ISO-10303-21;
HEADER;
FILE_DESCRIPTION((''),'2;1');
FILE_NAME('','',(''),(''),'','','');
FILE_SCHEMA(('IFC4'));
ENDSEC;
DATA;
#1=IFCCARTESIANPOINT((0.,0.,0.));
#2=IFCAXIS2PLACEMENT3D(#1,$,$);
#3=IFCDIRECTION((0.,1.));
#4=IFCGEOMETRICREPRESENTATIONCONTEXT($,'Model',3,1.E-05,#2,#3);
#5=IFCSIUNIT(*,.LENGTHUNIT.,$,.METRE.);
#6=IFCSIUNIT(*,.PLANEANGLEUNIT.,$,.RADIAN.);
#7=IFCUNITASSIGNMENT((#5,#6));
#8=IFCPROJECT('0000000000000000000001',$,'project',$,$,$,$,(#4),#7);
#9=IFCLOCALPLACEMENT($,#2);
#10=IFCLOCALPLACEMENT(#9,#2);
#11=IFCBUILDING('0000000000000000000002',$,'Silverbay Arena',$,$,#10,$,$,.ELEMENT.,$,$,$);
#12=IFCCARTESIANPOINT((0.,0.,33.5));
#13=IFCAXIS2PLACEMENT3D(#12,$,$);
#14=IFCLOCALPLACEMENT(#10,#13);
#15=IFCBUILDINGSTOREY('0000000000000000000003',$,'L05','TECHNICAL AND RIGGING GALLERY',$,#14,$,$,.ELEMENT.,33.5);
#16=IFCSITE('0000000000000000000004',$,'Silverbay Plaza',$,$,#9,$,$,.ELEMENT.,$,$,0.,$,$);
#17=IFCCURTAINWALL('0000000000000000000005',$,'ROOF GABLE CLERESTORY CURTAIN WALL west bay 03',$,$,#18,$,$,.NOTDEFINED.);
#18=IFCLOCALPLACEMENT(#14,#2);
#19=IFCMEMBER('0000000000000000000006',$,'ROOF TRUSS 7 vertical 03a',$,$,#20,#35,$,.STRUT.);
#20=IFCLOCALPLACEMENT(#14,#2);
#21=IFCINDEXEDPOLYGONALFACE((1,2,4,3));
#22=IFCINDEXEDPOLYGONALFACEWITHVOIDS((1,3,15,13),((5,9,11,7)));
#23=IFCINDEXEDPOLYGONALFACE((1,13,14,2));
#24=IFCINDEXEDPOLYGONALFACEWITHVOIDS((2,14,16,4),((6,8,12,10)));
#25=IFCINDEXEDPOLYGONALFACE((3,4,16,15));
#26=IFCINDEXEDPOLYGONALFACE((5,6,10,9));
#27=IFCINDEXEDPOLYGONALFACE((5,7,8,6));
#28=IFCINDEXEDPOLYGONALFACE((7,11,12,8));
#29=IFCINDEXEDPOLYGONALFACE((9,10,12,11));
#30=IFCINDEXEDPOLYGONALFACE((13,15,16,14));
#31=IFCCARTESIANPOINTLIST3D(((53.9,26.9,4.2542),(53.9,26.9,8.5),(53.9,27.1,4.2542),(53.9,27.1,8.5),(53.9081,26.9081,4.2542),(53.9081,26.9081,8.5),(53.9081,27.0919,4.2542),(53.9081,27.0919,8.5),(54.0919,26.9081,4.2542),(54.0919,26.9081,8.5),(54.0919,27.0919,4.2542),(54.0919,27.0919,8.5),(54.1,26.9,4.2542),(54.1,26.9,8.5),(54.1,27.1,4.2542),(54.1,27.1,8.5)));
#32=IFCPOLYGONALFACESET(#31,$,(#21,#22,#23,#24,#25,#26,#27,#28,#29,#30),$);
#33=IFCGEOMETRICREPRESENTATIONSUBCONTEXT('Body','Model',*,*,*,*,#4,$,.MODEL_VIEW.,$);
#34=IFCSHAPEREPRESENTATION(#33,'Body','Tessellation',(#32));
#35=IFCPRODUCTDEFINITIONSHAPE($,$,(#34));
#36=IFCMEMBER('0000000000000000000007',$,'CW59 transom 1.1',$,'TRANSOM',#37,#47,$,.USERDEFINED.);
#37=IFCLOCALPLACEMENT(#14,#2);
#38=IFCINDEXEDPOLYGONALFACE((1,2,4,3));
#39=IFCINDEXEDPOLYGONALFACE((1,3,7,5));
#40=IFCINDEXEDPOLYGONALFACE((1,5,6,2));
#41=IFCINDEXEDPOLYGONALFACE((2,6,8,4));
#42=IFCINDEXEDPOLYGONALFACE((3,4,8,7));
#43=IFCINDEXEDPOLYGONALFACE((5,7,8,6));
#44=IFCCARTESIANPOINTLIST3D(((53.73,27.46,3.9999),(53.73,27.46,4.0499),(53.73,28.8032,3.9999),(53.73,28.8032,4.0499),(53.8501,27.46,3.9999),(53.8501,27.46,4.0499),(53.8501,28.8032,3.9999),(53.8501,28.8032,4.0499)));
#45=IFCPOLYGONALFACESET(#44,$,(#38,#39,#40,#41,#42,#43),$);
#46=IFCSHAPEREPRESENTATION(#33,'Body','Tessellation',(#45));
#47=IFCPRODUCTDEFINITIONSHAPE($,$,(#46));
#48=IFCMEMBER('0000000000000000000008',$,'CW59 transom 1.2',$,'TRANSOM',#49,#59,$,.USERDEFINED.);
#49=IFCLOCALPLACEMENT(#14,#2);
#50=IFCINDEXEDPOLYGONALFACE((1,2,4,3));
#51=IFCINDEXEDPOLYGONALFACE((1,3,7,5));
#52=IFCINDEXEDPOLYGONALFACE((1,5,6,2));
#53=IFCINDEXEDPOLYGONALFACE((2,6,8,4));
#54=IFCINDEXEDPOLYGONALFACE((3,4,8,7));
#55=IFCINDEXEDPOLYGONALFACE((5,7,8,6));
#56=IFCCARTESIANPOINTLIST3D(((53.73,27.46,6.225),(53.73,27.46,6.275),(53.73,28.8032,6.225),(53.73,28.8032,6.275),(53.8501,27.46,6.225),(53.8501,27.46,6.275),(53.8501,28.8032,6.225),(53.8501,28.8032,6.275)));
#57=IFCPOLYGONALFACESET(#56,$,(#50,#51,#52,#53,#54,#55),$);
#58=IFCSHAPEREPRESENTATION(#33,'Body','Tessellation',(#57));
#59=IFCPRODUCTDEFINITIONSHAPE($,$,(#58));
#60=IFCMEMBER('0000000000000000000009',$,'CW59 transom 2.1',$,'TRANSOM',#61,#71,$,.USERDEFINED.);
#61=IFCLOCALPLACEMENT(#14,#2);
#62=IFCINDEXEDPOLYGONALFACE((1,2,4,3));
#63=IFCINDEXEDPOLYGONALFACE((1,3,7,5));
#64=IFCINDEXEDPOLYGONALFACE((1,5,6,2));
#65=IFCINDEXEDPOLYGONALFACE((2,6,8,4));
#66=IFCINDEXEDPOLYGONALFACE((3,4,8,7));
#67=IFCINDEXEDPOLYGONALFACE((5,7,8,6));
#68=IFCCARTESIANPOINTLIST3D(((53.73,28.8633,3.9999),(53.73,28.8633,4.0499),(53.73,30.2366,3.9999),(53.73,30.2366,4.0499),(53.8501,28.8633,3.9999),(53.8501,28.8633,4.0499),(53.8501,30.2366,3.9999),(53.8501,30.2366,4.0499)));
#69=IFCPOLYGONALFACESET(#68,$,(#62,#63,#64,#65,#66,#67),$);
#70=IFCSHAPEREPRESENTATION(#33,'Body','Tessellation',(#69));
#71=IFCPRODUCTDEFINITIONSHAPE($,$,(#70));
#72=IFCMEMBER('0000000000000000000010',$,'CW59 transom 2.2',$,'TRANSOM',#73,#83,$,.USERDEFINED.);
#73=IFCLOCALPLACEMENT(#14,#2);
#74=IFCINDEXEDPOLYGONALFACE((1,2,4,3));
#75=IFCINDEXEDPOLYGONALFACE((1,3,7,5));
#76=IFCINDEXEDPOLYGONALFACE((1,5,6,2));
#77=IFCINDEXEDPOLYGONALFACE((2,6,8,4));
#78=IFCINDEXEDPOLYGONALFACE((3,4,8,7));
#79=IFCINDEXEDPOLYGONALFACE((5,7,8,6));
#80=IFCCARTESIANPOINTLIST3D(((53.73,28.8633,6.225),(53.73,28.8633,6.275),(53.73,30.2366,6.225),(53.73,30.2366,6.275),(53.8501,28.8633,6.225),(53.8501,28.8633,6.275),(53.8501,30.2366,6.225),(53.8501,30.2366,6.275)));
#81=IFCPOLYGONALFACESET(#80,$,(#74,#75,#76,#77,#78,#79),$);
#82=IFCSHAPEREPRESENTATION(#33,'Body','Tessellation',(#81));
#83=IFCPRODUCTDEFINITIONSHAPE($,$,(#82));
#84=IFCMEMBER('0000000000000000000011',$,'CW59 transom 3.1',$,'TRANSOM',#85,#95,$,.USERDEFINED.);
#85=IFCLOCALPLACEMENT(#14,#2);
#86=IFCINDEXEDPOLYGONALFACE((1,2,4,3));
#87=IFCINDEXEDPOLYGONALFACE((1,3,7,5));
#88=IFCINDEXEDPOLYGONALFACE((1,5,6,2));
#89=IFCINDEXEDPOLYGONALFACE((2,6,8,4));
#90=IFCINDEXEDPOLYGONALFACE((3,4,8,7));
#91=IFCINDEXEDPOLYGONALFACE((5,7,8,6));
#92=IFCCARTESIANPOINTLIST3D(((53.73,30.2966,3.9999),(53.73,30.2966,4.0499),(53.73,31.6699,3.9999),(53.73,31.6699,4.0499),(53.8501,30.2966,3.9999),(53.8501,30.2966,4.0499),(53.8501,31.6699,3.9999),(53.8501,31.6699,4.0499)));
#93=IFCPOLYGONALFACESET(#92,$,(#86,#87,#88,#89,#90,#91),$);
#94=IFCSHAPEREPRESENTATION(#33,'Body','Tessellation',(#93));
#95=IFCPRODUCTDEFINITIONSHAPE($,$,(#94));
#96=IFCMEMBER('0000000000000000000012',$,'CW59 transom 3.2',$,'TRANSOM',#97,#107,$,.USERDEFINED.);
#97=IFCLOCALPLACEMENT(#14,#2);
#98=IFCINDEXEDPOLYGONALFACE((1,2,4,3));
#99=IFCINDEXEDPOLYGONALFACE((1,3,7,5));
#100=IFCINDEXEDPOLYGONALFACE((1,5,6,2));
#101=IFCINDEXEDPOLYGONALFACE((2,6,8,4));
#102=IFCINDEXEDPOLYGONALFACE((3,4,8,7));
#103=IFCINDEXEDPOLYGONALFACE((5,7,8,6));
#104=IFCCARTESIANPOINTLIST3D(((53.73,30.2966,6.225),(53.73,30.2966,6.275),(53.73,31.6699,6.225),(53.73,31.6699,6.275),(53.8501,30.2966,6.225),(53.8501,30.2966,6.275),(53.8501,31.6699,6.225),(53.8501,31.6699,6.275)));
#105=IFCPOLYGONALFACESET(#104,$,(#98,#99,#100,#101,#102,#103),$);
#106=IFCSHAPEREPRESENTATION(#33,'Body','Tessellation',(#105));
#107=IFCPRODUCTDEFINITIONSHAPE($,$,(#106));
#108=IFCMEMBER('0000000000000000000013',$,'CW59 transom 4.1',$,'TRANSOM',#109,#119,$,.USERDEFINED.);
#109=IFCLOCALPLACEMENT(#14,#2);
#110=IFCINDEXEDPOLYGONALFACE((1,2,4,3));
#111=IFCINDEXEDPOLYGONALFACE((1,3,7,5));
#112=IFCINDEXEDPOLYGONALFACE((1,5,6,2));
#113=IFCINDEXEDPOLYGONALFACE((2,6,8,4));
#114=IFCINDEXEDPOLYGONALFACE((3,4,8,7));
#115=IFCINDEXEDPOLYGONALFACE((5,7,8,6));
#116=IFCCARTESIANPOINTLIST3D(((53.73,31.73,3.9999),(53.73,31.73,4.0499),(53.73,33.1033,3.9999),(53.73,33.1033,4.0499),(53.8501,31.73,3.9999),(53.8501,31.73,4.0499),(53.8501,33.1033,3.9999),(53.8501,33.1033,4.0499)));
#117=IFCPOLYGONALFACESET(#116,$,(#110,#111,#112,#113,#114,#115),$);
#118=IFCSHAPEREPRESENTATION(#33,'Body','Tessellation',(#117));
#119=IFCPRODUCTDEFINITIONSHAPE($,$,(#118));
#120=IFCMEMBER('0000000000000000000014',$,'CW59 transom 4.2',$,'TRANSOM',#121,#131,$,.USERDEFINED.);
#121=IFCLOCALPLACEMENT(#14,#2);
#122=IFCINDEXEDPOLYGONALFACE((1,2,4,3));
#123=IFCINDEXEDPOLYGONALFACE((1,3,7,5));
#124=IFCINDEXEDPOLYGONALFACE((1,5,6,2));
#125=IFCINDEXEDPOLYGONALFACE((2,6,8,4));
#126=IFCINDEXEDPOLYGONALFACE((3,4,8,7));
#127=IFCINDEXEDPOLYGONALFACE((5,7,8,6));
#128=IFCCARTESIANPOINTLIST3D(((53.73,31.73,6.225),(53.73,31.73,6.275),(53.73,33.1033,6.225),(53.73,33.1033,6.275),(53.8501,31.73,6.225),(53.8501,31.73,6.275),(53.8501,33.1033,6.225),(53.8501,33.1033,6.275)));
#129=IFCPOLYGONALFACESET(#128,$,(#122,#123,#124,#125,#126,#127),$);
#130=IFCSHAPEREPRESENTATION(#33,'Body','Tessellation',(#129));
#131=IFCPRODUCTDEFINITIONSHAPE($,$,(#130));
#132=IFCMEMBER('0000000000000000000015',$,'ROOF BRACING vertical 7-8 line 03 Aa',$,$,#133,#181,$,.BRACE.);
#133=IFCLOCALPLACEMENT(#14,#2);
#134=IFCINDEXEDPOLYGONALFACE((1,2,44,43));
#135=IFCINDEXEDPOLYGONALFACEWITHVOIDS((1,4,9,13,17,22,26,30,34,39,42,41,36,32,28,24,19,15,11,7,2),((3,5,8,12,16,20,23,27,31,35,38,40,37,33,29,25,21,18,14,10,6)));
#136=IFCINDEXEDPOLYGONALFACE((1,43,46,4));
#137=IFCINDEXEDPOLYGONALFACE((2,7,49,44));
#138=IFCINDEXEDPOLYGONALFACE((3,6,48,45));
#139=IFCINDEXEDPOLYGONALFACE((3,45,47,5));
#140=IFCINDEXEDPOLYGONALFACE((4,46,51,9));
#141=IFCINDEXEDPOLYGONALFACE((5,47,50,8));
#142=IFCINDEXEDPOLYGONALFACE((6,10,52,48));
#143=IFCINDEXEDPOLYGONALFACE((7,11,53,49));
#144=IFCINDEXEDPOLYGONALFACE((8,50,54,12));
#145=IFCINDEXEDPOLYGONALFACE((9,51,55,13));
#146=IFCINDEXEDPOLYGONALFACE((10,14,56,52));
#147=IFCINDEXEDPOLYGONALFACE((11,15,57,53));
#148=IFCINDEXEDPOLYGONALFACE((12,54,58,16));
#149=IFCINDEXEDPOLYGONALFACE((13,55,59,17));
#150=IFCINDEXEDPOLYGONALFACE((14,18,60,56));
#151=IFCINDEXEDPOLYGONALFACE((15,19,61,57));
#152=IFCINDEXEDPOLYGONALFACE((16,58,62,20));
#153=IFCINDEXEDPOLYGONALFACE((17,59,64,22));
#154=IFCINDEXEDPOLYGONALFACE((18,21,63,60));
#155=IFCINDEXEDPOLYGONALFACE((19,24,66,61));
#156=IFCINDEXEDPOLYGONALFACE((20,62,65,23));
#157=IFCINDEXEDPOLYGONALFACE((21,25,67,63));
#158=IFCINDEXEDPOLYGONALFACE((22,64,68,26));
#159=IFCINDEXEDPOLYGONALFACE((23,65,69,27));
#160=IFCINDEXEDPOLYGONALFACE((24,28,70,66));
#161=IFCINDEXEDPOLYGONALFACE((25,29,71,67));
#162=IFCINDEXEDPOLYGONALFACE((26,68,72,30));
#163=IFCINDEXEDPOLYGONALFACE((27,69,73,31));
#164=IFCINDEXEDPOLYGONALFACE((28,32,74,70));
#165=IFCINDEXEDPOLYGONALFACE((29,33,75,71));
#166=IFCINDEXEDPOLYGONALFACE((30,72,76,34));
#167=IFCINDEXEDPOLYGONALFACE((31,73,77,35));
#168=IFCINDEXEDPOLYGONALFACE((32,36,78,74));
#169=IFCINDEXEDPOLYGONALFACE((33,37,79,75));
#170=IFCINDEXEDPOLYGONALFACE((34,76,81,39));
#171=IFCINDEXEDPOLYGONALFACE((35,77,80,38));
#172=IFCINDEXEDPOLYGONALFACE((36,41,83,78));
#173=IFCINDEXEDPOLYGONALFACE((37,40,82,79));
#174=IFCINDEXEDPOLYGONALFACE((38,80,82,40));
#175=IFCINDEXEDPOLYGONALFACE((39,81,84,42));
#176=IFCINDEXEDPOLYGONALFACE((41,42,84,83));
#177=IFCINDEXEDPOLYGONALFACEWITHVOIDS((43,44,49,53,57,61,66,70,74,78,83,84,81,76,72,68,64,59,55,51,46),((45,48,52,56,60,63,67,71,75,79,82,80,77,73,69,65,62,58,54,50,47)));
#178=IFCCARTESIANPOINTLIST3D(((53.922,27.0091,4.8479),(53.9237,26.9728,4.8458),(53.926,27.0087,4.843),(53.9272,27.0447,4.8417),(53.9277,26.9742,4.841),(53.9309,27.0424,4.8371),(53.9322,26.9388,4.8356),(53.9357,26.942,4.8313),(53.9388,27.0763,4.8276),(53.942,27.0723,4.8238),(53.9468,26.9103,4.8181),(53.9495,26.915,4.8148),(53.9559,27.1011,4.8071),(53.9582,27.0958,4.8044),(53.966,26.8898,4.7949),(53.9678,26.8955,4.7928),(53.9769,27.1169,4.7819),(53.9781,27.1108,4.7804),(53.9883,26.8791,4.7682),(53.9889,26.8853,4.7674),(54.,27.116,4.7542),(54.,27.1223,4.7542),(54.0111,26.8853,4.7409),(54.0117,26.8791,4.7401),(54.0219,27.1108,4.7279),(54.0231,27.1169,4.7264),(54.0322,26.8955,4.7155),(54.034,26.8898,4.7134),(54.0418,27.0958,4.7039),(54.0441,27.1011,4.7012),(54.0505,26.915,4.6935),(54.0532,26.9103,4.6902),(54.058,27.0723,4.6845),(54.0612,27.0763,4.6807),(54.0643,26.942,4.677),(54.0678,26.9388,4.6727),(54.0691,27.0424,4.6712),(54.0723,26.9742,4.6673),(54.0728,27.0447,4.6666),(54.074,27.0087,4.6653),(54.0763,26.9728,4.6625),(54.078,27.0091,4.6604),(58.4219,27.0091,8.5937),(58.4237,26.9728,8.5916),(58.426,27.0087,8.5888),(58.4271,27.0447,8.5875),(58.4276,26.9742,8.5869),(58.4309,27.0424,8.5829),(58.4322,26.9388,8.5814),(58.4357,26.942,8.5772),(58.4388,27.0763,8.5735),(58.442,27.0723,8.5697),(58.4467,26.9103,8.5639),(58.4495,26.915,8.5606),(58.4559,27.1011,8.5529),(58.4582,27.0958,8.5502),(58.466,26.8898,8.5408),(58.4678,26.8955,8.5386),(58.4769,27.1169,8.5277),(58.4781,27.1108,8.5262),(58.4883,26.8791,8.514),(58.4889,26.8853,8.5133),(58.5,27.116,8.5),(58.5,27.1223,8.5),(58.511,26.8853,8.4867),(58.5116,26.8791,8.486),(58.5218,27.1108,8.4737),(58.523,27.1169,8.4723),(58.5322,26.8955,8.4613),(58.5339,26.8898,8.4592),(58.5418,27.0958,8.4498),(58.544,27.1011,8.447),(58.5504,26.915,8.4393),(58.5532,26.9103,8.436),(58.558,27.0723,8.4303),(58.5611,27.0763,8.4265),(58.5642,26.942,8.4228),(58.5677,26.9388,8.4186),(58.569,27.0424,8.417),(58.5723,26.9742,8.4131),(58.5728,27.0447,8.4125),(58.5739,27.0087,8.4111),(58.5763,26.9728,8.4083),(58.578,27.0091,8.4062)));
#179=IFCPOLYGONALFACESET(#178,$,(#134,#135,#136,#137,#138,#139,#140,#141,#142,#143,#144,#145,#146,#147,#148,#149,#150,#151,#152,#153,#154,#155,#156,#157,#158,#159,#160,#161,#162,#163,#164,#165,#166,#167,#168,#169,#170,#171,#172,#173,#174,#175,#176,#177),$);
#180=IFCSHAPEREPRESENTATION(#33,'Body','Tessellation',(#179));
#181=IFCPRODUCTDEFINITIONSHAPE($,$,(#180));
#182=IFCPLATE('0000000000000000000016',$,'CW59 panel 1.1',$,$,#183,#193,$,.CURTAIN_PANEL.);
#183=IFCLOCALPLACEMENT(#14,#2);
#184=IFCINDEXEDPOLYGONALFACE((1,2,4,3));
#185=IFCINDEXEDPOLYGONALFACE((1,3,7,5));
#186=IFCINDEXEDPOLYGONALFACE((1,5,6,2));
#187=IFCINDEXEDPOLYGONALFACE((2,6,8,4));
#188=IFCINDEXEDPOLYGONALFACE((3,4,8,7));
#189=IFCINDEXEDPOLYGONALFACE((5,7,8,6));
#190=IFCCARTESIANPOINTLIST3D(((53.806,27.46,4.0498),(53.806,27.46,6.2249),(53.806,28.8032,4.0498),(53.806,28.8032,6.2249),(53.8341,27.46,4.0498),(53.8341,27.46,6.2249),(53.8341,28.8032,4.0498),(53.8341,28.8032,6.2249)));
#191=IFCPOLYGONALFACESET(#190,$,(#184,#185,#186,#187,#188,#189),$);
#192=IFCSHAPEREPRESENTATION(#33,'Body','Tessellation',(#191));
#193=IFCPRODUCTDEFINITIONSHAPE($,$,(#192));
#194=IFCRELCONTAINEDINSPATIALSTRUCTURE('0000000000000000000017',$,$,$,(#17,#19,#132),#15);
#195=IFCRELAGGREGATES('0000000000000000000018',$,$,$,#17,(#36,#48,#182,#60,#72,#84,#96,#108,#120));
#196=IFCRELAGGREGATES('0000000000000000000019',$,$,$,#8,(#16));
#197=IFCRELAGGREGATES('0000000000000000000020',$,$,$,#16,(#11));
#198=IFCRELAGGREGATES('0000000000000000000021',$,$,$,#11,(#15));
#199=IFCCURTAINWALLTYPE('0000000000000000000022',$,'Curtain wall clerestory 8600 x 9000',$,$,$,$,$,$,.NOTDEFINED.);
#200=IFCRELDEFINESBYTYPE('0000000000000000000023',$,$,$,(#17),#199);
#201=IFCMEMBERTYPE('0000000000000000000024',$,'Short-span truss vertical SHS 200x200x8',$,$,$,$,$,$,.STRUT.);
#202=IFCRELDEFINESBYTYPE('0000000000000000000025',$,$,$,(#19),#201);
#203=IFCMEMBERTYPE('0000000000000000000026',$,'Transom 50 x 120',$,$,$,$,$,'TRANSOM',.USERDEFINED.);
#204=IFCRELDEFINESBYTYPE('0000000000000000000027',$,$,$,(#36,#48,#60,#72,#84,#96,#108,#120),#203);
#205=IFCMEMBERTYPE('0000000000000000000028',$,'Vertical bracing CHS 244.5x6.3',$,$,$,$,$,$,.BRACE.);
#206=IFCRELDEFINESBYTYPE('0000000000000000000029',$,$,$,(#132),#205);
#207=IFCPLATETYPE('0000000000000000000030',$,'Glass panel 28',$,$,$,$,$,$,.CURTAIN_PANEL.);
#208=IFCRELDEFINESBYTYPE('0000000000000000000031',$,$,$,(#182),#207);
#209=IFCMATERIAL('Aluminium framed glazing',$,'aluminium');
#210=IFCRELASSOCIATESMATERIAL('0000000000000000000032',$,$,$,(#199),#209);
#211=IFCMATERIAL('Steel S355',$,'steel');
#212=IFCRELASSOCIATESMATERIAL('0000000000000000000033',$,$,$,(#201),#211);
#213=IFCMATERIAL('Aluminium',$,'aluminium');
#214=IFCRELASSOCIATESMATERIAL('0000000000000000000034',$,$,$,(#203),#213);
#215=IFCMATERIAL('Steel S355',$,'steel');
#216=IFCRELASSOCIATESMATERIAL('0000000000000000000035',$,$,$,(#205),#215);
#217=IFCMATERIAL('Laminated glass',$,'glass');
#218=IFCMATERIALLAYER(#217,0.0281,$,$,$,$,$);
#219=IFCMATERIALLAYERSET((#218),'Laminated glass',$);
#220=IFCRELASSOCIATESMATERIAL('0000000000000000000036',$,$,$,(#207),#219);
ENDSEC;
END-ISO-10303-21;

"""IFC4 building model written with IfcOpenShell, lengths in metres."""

from ifc_helpers import new_model, si_unit, direction, frame, origin, origin_2d, place, context, subcontext, project, spatial, rectangle, hollow_rectangle, hollow_circle, extrude, material, layer, layer_set, material_profile, profile_set, type_object, element, aggregate, save


model = new_model("IFC4")

# Units and contexts
model_context = context("Model", 3, precision=1e-05, world=origin(), true_north=direction((0.0, 1.0)))
body_context = subcontext(model_context, "Body", "Model", "MODEL_VIEW")
ifc_project = project(units=[si_unit("LENGTHUNIT", "METRE"), si_unit("PLANEANGLEUNIT", "RADIAN")], contexts=[model_context])

# Site, building, storey
site_placement = place(None, origin())
site = spatial("IfcSite", under=ifc_project, at=site_placement, Name="Silverbay Plaza", CompositionType="ELEMENT", RefElevation=0.0)
building_placement = place(site_placement, origin())
building = spatial("IfcBuilding", under=site, at=building_placement, Name="Silverbay Arena", CompositionType="ELEMENT")
storey_placement = place(building_placement, frame((0.0, 0.0, 33.5)))
storey = spatial("IfcBuildingStorey", under=building, at=storey_placement, Name="L05", Description="TECHNICAL AND RIGGING GALLERY", CompositionType="ELEMENT", Elevation=33.5)

# Curtain wall
ifc_material_1 = material(Name="Aluminium framed glazing", Category="aluminium")
curtain_wall_type_1 = type_object("IfcCurtainWallType", Name="Curtain wall clerestory 8600 x 9000", PredefinedType="NOTDEFINED", material=ifc_material_1)
curtain_wall_1_placement = place(storey_placement, origin())
curtain_wall_1 = element("IfcCurtainWall", 1, at=curtain_wall_1_placement, inside=storey, type_object=curtain_wall_type_1, Name="ROOF GABLE CLERESTORY CURTAIN WALL west bay 03", PredefinedType="NOTDEFINED")

# Member
ifc_material_2 = material(Name="Steel S355", Category="steel")
ifc_material_profile_1 = material_profile(ifc_material_2, hollow_rectangle(XDim=0.2, YDim=0.2, WallThickness=0.0081, at=origin_2d()), Name="SHS 200x200x8")
ifc_profile_set_1 = profile_set([ifc_material_profile_1], Name="Steel S355")
member_type_1 = type_object("IfcMemberType", Name="Short-span truss vertical SHS 200x200x8", PredefinedType="STRUT", material=ifc_profile_set_1)
member_1_placement = place(storey_placement, frame((54.0, 27.0, 4.2542), z_axis=(0.0, 0.0, 1.0), x_axis=(1.0, 0.0, 0.0)))
element("IfcMember", 2, at=member_1_placement, inside=storey, type_object=member_type_1, Name="ROOF TRUSS 7 vertical 03a", PredefinedType="STRUT", context=body_context, shape_type="SweptSolid", body=[
    extrude(hollow_rectangle(XDim=0.2, YDim=0.2, WallThickness=0.0081, at=origin_2d()), origin(), (0.0, 0.0, 1.0), 4.2458),
])

# Members
ifc_material_3 = material(Name="Aluminium", Category="aluminium")
ifc_material_profile_2 = material_profile(ifc_material_3, rectangle(XDim=0.1201, YDim=0.05, at=origin_2d()), Name="Transom 50 x 120")
ifc_profile_set_2 = profile_set([ifc_material_profile_2], Name="Aluminium")
member_type_2 = type_object("IfcMemberType", Name="Transom 50 x 120", ElementType="TRANSOM", PredefinedType="USERDEFINED", material=ifc_profile_set_2)
member_2_placement = place(storey_placement, frame((53.79, 27.46, 4.0249), z_axis=(0.0, 1.0, 0.0), x_axis=(-1.0, 0.0, 0.0)))
member_2 = element("IfcMember", 3, at=member_2_placement, type_object=member_type_2, Name="CW59 transom 1.1", ObjectType="TRANSOM", PredefinedType="USERDEFINED", context=body_context, shape_type="SweptSolid", body=[
    extrude(rectangle(XDim=0.1201, YDim=0.05, at=origin_2d()), origin(), (0.0, 0.0, 1.0), 1.3433),
])
member_3_placement = place(storey_placement, frame((53.79, 27.46, 6.25), z_axis=(0.0, 1.0, 0.0), x_axis=(-1.0, 0.0, 0.0)))
member_3 = element("IfcMember", 4, at=member_3_placement, type_object=member_type_2, Name="CW59 transom 1.2", ObjectType="TRANSOM", PredefinedType="USERDEFINED", context=body_context, shape_type="SweptSolid", body=[
    extrude(rectangle(XDim=0.1201, YDim=0.05, at=origin_2d()), origin(), (0.0, 0.0, 1.0), 1.3433),
])
member_4_placement = place(storey_placement, frame((53.79, 28.8633, 4.0249), z_axis=(0.0, 1.0, 0.0), x_axis=(-1.0, 0.0, 0.0)))
member_4 = element("IfcMember", 5, at=member_4_placement, type_object=member_type_2, Name="CW59 transom 2.1", ObjectType="TRANSOM", PredefinedType="USERDEFINED", context=body_context, shape_type="SweptSolid", body=[
    extrude(rectangle(XDim=0.1201, YDim=0.05, at=origin_2d()), origin(), (0.0, 0.0, 1.0), 1.3733),
])
member_5_placement = place(storey_placement, frame((53.79, 28.8633, 6.25), z_axis=(0.0, 1.0, 0.0), x_axis=(-1.0, 0.0, 0.0)))
member_5 = element("IfcMember", 6, at=member_5_placement, type_object=member_type_2, Name="CW59 transom 2.2", ObjectType="TRANSOM", PredefinedType="USERDEFINED", context=body_context, shape_type="SweptSolid", body=[
    extrude(rectangle(XDim=0.1201, YDim=0.05, at=origin_2d()), origin(), (0.0, 0.0, 1.0), 1.3733),
])
member_6_placement = place(storey_placement, frame((53.79, 30.2966, 4.0249), z_axis=(0.0, 1.0, 0.0), x_axis=(-1.0, 0.0, 0.0)))
member_6 = element("IfcMember", 7, at=member_6_placement, type_object=member_type_2, Name="CW59 transom 3.1", ObjectType="TRANSOM", PredefinedType="USERDEFINED", context=body_context, shape_type="SweptSolid", body=[
    extrude(rectangle(XDim=0.1201, YDim=0.05, at=origin_2d()), origin(), (0.0, 0.0, 1.0), 1.3733),
])
member_7_placement = place(storey_placement, frame((53.79, 30.2966, 6.25), z_axis=(0.0, 1.0, 0.0), x_axis=(-1.0, 0.0, 0.0)))
member_7 = element("IfcMember", 8, at=member_7_placement, type_object=member_type_2, Name="CW59 transom 3.2", ObjectType="TRANSOM", PredefinedType="USERDEFINED", context=body_context, shape_type="SweptSolid", body=[
    extrude(rectangle(XDim=0.1201, YDim=0.05, at=origin_2d()), origin(), (0.0, 0.0, 1.0), 1.3733),
])
member_8_placement = place(storey_placement, frame((53.79, 31.73, 4.0249), z_axis=(0.0, 1.0, 0.0), x_axis=(-1.0, 0.0, 0.0)))
member_8 = element("IfcMember", 9, at=member_8_placement, type_object=member_type_2, Name="CW59 transom 4.1", ObjectType="TRANSOM", PredefinedType="USERDEFINED", context=body_context, shape_type="SweptSolid", body=[
    extrude(rectangle(XDim=0.1201, YDim=0.05, at=origin_2d()), origin(), (0.0, 0.0, 1.0), 1.3733),
])
member_9_placement = place(storey_placement, frame((53.79, 31.73, 6.25), z_axis=(0.0, 1.0, 0.0), x_axis=(-1.0, 0.0, 0.0)))
member_9 = element("IfcMember", 10, at=member_9_placement, type_object=member_type_2, Name="CW59 transom 4.2", ObjectType="TRANSOM", PredefinedType="USERDEFINED", context=body_context, shape_type="SweptSolid", body=[
    extrude(rectangle(XDim=0.1201, YDim=0.05, at=origin_2d()), origin(), (0.0, 0.0, 1.0), 1.3733),
])
ifc_material_4 = material(Name="Steel S355", Category="steel")
ifc_material_profile_3 = material_profile(ifc_material_4, hollow_circle(Radius=0.1223, WallThickness=0.0063, at=origin_2d()), Name="CHS 244.5x6.3")
ifc_profile_set_3 = profile_set([ifc_material_profile_3], Name="Steel S355")
member_type_3 = type_object("IfcMemberType", Name="Vertical bracing CHS 244.5x6.3", PredefinedType="BRACE", material=ifc_profile_set_3)
member_10_placement = place(storey_placement, frame((54.0, 27.0, 4.7542), z_axis=(0.76857, 0.0, 0.639766), x_axis=(0.0, 1.0, 0.0)))
element("IfcMember", 11, at=member_10_placement, inside=storey, type_object=member_type_3, Name="ROOF BRACING vertical 7-8 line 03 Aa", PredefinedType="BRACE", context=body_context, shape_type="SweptSolid", body=[
    extrude(hollow_circle(Radius=0.1223, WallThickness=0.0063, at=origin_2d()), origin(), (0.0, 0.0, 1.0), 5.855),
])

# Plate
ifc_material_5 = material(Name="Laminated glass", Category="glass")
ifc_layer = layer(ifc_material_5, 0.0281)
ifc_layer_set = layer_set([ifc_layer], Name="Laminated glass")
plate_type = type_object("IfcPlateType", Name="Glass panel 28", PredefinedType="CURTAIN_PANEL", material=ifc_layer_set)
plate_1_placement = place(storey_placement, frame((53.8201, 28.1316, 4.0498), z_axis=(0.0, 0.0, 1.0), x_axis=(0.0, 1.0, 0.0)))
plate_1 = element("IfcPlate", 12, at=plate_1_placement, type_object=plate_type, Name="CW59 panel 1.1", PredefinedType="CURTAIN_PANEL", context=body_context, shape_type="SweptSolid", body=[
    extrude(rectangle(XDim=1.3433, YDim=0.0281, at=origin_2d()), origin(), (0.0, 0.0, 1.0), 2.175),
])
aggregate(curtain_wall_1, [member_2, member_3, plate_1, member_4, member_5, member_6, member_7, member_8, member_9])

save(model, "model.ifc")
